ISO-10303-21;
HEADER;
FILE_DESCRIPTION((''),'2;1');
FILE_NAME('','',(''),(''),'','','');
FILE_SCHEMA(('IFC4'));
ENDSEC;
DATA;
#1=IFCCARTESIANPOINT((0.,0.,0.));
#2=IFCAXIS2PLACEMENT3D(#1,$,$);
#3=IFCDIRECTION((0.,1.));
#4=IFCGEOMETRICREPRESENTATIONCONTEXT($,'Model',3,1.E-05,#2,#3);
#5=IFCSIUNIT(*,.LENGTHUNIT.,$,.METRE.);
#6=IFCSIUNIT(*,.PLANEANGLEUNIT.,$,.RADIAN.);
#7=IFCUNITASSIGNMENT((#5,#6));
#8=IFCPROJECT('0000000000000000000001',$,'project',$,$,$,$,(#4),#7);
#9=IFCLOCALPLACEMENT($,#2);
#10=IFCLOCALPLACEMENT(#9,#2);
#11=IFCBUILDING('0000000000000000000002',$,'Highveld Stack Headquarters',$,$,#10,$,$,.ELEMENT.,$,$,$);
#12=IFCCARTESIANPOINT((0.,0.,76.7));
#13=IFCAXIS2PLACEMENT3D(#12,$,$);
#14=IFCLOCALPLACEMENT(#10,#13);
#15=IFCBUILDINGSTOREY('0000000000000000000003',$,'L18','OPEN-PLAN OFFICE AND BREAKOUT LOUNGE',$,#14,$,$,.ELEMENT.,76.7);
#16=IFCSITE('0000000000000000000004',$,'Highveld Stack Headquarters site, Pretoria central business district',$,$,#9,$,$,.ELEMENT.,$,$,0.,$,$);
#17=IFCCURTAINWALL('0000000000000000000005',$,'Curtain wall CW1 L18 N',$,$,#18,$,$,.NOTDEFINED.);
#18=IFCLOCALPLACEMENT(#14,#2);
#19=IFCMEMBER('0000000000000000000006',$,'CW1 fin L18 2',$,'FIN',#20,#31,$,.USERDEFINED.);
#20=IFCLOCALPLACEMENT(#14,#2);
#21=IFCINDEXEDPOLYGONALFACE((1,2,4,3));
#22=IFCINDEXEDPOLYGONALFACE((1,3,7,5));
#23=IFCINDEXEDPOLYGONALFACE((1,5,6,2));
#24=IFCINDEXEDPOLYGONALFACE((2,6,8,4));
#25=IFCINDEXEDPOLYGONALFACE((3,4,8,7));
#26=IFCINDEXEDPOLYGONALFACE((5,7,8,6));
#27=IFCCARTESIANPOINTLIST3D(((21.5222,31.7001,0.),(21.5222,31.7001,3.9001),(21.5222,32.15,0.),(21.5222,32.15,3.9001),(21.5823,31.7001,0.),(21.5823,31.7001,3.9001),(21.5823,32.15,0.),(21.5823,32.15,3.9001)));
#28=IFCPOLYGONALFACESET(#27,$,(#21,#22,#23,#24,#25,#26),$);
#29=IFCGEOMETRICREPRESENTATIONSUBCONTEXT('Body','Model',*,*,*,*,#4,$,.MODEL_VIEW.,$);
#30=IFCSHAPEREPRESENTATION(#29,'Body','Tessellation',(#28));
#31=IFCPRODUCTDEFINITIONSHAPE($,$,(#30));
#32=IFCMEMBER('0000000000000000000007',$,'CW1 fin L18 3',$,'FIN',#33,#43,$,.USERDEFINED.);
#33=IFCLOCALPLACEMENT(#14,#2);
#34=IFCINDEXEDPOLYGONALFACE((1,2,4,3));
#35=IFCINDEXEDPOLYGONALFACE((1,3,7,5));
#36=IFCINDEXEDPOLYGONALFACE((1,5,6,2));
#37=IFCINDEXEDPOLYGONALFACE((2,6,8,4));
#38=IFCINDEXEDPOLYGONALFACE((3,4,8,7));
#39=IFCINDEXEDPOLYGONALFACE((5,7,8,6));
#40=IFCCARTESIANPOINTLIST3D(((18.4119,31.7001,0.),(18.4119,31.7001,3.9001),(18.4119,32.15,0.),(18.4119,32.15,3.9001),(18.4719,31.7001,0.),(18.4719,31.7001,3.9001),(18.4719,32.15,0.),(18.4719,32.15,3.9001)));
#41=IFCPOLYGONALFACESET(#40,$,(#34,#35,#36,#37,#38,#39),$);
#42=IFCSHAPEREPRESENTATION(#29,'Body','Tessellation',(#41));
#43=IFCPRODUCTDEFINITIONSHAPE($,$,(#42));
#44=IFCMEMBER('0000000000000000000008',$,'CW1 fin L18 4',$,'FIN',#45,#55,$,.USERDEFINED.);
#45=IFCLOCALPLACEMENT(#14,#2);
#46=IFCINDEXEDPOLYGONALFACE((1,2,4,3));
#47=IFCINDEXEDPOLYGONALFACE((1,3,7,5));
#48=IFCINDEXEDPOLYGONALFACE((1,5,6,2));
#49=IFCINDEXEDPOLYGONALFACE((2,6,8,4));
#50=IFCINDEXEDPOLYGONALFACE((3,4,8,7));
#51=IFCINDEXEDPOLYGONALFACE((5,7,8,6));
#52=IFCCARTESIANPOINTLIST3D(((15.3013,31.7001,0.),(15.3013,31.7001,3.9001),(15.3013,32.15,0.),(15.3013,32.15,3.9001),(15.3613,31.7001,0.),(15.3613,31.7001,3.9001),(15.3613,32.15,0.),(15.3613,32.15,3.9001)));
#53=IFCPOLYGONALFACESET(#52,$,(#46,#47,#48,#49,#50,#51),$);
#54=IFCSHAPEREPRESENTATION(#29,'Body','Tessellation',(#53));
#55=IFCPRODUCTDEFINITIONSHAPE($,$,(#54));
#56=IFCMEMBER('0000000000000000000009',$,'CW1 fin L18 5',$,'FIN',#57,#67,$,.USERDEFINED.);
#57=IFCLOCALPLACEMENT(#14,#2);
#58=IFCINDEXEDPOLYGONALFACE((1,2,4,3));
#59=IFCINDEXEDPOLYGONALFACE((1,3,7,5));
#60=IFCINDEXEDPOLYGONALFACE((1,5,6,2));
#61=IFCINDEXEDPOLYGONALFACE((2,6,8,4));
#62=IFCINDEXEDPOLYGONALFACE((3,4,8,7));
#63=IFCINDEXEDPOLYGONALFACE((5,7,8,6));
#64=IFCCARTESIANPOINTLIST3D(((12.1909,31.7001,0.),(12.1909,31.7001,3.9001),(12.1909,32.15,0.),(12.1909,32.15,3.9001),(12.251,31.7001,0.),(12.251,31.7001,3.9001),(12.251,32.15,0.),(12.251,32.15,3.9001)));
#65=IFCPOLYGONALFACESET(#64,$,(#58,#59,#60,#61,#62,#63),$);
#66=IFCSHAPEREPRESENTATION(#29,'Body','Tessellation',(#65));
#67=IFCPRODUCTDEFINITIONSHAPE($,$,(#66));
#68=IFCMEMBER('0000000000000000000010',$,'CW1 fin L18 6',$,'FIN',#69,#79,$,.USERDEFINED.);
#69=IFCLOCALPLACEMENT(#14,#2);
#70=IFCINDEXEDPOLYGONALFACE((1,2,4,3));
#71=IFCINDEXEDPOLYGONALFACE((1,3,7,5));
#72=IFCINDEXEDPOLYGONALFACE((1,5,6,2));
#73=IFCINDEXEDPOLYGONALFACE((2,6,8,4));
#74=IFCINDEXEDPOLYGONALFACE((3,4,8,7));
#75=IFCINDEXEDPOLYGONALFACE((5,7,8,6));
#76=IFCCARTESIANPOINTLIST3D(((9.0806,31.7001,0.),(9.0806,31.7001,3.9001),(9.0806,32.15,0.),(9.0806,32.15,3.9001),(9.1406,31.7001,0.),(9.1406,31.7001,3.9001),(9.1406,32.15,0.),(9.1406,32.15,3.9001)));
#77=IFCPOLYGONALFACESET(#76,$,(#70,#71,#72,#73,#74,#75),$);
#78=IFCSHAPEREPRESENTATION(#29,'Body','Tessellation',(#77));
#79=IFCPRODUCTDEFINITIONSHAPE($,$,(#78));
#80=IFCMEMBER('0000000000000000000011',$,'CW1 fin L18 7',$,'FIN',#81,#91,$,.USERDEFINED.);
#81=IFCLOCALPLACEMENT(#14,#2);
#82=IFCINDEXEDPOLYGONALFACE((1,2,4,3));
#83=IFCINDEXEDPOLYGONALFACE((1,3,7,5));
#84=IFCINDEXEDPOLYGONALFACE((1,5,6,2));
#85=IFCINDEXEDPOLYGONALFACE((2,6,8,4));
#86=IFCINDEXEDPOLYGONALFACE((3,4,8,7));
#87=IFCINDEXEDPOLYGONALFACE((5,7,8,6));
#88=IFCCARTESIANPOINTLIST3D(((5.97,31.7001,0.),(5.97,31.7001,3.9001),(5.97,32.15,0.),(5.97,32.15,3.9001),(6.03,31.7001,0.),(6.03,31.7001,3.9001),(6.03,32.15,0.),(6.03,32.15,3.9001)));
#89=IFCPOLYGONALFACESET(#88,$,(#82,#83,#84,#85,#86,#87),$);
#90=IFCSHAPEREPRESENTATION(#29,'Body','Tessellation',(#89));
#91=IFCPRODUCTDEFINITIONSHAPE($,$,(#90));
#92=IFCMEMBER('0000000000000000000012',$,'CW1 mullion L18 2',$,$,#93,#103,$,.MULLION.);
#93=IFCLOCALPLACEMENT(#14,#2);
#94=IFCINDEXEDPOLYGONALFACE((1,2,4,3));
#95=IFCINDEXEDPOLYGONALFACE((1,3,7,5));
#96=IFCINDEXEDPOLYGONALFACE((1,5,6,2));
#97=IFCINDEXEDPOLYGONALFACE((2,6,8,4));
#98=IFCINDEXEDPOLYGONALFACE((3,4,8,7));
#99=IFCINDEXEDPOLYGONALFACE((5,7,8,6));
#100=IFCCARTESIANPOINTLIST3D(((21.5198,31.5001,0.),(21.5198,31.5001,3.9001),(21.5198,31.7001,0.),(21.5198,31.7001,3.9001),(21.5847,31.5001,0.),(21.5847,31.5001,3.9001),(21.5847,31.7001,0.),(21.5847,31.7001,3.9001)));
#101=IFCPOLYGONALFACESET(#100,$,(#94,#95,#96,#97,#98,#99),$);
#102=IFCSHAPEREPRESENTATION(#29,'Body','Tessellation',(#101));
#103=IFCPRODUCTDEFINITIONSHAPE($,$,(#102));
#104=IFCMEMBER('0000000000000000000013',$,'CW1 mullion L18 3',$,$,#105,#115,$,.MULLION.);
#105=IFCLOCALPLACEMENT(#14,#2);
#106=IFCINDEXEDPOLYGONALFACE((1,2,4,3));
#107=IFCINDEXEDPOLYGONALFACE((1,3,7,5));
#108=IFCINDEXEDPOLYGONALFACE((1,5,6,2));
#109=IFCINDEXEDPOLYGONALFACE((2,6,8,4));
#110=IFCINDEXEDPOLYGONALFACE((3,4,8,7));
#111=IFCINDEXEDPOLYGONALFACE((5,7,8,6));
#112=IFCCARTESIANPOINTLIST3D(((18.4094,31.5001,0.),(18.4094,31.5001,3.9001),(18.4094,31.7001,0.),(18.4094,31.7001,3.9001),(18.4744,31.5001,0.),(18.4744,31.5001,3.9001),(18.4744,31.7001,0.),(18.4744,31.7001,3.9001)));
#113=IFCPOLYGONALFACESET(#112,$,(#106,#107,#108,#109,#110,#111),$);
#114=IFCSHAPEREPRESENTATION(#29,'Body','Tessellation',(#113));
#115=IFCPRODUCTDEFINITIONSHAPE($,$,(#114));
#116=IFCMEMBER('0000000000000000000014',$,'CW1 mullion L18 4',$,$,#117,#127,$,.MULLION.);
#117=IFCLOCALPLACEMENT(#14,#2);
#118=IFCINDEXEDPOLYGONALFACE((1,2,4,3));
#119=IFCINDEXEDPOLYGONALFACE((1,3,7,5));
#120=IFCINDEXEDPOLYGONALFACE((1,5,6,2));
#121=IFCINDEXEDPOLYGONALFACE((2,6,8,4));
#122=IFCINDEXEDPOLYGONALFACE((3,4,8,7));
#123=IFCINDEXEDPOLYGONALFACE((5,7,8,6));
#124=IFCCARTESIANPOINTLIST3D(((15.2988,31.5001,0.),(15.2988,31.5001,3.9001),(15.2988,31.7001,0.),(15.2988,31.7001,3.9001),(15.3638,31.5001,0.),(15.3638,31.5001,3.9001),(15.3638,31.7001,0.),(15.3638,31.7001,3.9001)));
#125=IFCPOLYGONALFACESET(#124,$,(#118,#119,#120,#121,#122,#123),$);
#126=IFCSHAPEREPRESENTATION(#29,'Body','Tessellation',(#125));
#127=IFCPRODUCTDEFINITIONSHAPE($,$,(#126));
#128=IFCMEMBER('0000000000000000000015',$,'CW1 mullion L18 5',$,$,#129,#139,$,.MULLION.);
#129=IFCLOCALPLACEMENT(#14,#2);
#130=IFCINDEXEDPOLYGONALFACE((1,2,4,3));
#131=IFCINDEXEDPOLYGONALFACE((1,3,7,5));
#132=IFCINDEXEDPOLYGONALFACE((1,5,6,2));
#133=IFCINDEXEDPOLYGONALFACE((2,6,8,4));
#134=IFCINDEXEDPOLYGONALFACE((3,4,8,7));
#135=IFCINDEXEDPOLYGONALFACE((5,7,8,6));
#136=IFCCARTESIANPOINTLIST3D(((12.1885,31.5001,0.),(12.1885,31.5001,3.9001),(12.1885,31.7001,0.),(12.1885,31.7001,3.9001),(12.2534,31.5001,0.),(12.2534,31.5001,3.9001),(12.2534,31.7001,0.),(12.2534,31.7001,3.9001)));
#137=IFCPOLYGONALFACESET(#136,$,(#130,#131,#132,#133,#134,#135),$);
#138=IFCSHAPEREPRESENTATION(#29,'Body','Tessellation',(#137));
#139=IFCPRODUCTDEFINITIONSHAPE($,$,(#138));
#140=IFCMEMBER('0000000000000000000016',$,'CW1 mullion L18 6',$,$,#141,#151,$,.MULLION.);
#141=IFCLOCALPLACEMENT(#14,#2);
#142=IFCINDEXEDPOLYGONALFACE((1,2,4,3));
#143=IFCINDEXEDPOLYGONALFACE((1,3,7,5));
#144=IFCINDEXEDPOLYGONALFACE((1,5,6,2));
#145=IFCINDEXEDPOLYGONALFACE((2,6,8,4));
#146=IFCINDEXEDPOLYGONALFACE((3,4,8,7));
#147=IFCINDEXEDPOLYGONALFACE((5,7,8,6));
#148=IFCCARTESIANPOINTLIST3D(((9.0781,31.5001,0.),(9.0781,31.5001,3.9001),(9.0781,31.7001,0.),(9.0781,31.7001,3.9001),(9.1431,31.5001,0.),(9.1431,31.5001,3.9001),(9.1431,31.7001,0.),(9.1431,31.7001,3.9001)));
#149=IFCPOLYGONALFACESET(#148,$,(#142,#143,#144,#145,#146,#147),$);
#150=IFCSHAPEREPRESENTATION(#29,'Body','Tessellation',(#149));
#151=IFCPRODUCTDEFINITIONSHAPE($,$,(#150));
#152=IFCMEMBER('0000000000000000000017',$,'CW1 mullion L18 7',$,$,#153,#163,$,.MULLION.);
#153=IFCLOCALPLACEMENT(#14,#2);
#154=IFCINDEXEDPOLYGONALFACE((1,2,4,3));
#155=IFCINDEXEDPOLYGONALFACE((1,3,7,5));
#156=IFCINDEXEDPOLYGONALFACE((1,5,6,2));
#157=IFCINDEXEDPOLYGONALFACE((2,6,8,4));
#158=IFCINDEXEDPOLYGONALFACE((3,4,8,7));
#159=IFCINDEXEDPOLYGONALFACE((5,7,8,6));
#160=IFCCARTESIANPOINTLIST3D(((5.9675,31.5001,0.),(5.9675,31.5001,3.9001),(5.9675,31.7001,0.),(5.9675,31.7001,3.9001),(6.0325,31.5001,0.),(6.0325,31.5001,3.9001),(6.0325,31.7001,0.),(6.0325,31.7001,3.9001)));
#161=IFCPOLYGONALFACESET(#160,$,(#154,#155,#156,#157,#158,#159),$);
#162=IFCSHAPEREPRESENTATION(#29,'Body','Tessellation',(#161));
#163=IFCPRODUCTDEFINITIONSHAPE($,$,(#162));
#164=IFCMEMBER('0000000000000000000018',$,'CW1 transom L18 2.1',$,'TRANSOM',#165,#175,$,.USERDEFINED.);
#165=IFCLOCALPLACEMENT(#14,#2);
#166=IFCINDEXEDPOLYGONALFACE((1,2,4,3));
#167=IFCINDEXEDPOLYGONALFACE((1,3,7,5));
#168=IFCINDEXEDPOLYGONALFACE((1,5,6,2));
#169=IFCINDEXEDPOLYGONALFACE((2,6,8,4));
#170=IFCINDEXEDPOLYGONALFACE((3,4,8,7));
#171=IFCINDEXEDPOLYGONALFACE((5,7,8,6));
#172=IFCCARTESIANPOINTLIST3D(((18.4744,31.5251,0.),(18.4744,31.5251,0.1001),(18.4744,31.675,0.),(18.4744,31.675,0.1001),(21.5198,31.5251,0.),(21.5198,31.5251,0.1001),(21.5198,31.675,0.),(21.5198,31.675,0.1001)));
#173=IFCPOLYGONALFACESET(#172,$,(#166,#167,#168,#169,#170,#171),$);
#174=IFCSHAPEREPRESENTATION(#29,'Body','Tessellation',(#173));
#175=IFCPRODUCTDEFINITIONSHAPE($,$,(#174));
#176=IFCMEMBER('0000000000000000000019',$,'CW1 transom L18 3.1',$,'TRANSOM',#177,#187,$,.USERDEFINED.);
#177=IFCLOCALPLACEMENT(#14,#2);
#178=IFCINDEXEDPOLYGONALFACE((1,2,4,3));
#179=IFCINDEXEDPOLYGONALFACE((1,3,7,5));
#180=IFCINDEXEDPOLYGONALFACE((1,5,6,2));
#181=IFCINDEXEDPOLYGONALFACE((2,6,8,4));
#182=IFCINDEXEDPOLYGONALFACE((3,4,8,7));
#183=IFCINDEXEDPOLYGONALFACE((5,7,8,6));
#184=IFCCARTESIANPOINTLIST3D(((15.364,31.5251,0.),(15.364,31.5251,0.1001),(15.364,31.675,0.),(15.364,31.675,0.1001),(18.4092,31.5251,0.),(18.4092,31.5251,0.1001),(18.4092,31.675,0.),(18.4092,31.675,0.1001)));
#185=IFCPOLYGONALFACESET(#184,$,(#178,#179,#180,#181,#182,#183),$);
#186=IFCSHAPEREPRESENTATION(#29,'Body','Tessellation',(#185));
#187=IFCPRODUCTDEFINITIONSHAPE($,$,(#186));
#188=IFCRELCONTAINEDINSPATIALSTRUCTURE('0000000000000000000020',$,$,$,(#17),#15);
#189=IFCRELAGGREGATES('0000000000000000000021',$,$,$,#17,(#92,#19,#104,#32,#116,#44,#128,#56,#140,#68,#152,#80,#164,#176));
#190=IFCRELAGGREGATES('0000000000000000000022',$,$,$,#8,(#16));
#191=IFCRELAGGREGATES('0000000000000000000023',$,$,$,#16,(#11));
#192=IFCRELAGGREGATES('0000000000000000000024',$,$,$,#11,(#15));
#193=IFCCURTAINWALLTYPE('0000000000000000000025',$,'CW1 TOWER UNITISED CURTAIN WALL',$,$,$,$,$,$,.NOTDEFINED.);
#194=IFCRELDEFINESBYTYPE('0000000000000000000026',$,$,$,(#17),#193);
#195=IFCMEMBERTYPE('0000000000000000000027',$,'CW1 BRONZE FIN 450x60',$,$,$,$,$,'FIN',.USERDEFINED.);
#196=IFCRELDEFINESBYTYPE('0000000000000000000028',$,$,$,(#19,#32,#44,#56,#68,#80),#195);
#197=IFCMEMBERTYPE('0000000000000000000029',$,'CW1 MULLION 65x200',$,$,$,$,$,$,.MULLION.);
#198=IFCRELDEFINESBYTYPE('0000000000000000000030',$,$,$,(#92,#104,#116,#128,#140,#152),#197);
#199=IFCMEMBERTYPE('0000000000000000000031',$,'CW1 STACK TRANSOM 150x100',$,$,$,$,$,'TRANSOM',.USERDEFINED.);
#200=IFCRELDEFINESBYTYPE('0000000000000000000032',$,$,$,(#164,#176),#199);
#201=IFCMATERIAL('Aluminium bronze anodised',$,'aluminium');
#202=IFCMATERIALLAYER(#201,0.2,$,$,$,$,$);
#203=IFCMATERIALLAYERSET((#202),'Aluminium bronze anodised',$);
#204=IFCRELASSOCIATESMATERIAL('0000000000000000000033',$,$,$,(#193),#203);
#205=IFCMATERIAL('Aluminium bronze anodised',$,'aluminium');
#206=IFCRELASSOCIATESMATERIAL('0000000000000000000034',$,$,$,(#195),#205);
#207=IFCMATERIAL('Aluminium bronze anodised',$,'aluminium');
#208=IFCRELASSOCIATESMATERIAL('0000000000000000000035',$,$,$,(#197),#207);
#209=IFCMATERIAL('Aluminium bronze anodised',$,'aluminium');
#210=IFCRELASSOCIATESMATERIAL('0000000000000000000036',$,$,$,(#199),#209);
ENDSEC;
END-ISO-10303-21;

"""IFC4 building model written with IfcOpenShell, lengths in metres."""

from ifc_helpers import new_model, si_unit, direction, frame, origin, origin_2d, place, context, subcontext, project, spatial, rectangle, extrude, material, layer, layer_set, material_profile, profile_set, type_object, element, aggregate, save


model = new_model("IFC4")

# Units and contexts
model_context = context("Model", 3, precision=1e-05, world=origin(), true_north=direction((0.0, 1.0)))
body_context = subcontext(model_context, "Body", "Model", "MODEL_VIEW")
ifc_project = project(units=[si_unit("LENGTHUNIT", "METRE"), si_unit("PLANEANGLEUNIT", "RADIAN")], contexts=[model_context])

# Site, building, storey
site_placement = place(None, origin())
site = spatial("IfcSite", under=ifc_project, at=site_placement, Name="Highveld Stack Headquarters site, Pretoria central business district", CompositionType="ELEMENT", RefElevation=0.0)
building_placement = place(site_placement, origin())
building = spatial("IfcBuilding", under=site, at=building_placement, Name="Highveld Stack Headquarters", CompositionType="ELEMENT")
storey_placement = place(building_placement, frame((0.0, 0.0, 76.7)))
storey = spatial("IfcBuildingStorey", under=building, at=storey_placement, Name="L18", Description="OPEN-PLAN OFFICE AND BREAKOUT LOUNGE", CompositionType="ELEMENT", Elevation=76.7)

# Curtain wall, members
ifc_material_1 = material(Name="Aluminium bronze anodised", Category="aluminium")
ifc_layer_1 = layer(ifc_material_1, 0.2)
ifc_layer_set_1 = layer_set([ifc_layer_1], Name="Aluminium bronze anodised")
curtain_wall_type = type_object("IfcCurtainWallType", Name="CW1 TOWER UNITISED CURTAIN WALL", PredefinedType="NOTDEFINED", material=ifc_layer_set_1)
curtain_wall_placement = place(storey_placement, origin())
curtain_wall = element("IfcCurtainWall", 1, at=curtain_wall_placement, inside=storey, type_object=curtain_wall_type, Name="Curtain wall CW1 L18 N", PredefinedType="NOTDEFINED")
ifc_material_2 = material(Name="Aluminium bronze anodised", Category="aluminium")
ifc_material_profile_1 = material_profile(ifc_material_2, rectangle(XDim=0.45, YDim=0.0601, at=origin_2d()), Name="FIN 450x60")
ifc_profile_set_1 = profile_set([ifc_material_profile_1], Name="Aluminium bronze anodised")
member_type_1 = type_object("IfcMemberType", Name="CW1 BRONZE FIN 450x60", ElementType="FIN", PredefinedType="USERDEFINED", material=ifc_profile_set_1)
member_1_placement = place(storey_placement, frame((21.5522, 31.925, 0.0), z_axis=(0.0, 0.0, 1.0), x_axis=(0.0, -1.0, 0.0)))
member_1 = element("IfcMember", 2, at=member_1_placement, type_object=member_type_1, Name="CW1 fin L18 2", ObjectType="FIN", PredefinedType="USERDEFINED", context=body_context, shape_type="SweptSolid", body=[
    extrude(rectangle(XDim=0.45, YDim=0.0601, at=origin_2d()), origin(), (0.0, 0.0, 1.0), 3.9001),
])
member_2_placement = place(storey_placement, frame((18.4419, 31.925, 0.0), z_axis=(0.0, 0.0, 1.0), x_axis=(0.0, -1.0, 0.0)))
member_2 = element("IfcMember", 3, at=member_2_placement, type_object=member_type_1, Name="CW1 fin L18 3", ObjectType="FIN", PredefinedType="USERDEFINED", context=body_context, shape_type="SweptSolid", body=[
    extrude(rectangle(XDim=0.45, YDim=0.0601, at=origin_2d()), origin(), (0.0, 0.0, 1.0), 3.9001),
])
member_3_placement = place(storey_placement, frame((15.3313, 31.925, 0.0), z_axis=(0.0, 0.0, 1.0), x_axis=(0.0, -1.0, 0.0)))
member_3 = element("IfcMember", 4, at=member_3_placement, type_object=member_type_1, Name="CW1 fin L18 4", ObjectType="FIN", PredefinedType="USERDEFINED", context=body_context, shape_type="SweptSolid", body=[
    extrude(rectangle(XDim=0.45, YDim=0.0601, at=origin_2d()), origin(), (0.0, 0.0, 1.0), 3.9001),
])
member_4_placement = place(storey_placement, frame((12.2209, 31.925, 0.0), z_axis=(0.0, 0.0, 1.0), x_axis=(0.0, -1.0, 0.0)))
member_4 = element("IfcMember", 5, at=member_4_placement, type_object=member_type_1, Name="CW1 fin L18 5", ObjectType="FIN", PredefinedType="USERDEFINED", context=body_context, shape_type="SweptSolid", body=[
    extrude(rectangle(XDim=0.45, YDim=0.0601, at=origin_2d()), origin(), (0.0, 0.0, 1.0), 3.9001),
])
member_5_placement = place(storey_placement, frame((9.1106, 31.925, 0.0), z_axis=(0.0, 0.0, 1.0), x_axis=(0.0, -1.0, 0.0)))
member_5 = element("IfcMember", 6, at=member_5_placement, type_object=member_type_1, Name="CW1 fin L18 6", ObjectType="FIN", PredefinedType="USERDEFINED", context=body_context, shape_type="SweptSolid", body=[
    extrude(rectangle(XDim=0.45, YDim=0.0601, at=origin_2d()), origin(), (0.0, 0.0, 1.0), 3.9001),
])
member_6_placement = place(storey_placement, frame((6.0, 31.925, 0.0), z_axis=(0.0, 0.0, 1.0), x_axis=(0.0, -1.0, 0.0)))
member_6 = element("IfcMember", 7, at=member_6_placement, type_object=member_type_1, Name="CW1 fin L18 7", ObjectType="FIN", PredefinedType="USERDEFINED", context=body_context, shape_type="SweptSolid", body=[
    extrude(rectangle(XDim=0.45, YDim=0.0601, at=origin_2d()), origin(), (0.0, 0.0, 1.0), 3.9001),
])
ifc_material_3 = material(Name="Aluminium bronze anodised", Category="aluminium")
ifc_material_profile_2 = material_profile(ifc_material_3, rectangle(XDim=0.2, YDim=0.0649, at=origin_2d()), Name="CW1 MULLION 65x200")
ifc_profile_set_2 = profile_set([ifc_material_profile_2], Name="Aluminium bronze anodised")
member_type_2 = type_object("IfcMemberType", Name="CW1 MULLION 65x200", PredefinedType="MULLION", material=ifc_profile_set_2)
member_7_placement = place(storey_placement, frame((21.5522, 31.6001, 0.0), z_axis=(0.0, 0.0, 1.0), x_axis=(0.0, -1.0, 0.0)))
member_7 = element("IfcMember", 8, at=member_7_placement, type_object=member_type_2, Name="CW1 mullion L18 2", PredefinedType="MULLION", context=body_context, shape_type="SweptSolid", body=[
    extrude(rectangle(XDim=0.2, YDim=0.0649, at=origin_2d()), origin(), (0.0, 0.0, 1.0), 3.9001),
])
member_8_placement = place(storey_placement, frame((18.4419, 31.6001, 0.0), z_axis=(0.0, 0.0, 1.0), x_axis=(0.0, -1.0, 0.0)))
member_8 = element("IfcMember", 9, at=member_8_placement, type_object=member_type_2, Name="CW1 mullion L18 3", PredefinedType="MULLION", context=body_context, shape_type="SweptSolid", body=[
    extrude(rectangle(XDim=0.2, YDim=0.0649, at=origin_2d()), origin(), (0.0, 0.0, 1.0), 3.9001),
])
member_9_placement = place(storey_placement, frame((15.3313, 31.6001, 0.0), z_axis=(0.0, 0.0, 1.0), x_axis=(0.0, -1.0, 0.0)))
member_9 = element("IfcMember", 10, at=member_9_placement, type_object=member_type_2, Name="CW1 mullion L18 4", PredefinedType="MULLION", context=body_context, shape_type="SweptSolid", body=[
    extrude(rectangle(XDim=0.2, YDim=0.0649, at=origin_2d()), origin(), (0.0, 0.0, 1.0), 3.9001),
])
member_10_placement = place(storey_placement, frame((12.2209, 31.6001, 0.0), z_axis=(0.0, 0.0, 1.0), x_axis=(0.0, -1.0, 0.0)))
member_10 = element("IfcMember", 11, at=member_10_placement, type_object=member_type_2, Name="CW1 mullion L18 5", PredefinedType="MULLION", context=body_context, shape_type="SweptSolid", body=[
    extrude(rectangle(XDim=0.2, YDim=0.0649, at=origin_2d()), origin(), (0.0, 0.0, 1.0), 3.9001),
])
member_11_placement = place(storey_placement, frame((9.1106, 31.6001, 0.0), z_axis=(0.0, 0.0, 1.0), x_axis=(0.0, -1.0, 0.0)))
member_11 = element("IfcMember", 12, at=member_11_placement, type_object=member_type_2, Name="CW1 mullion L18 6", PredefinedType="MULLION", context=body_context, shape_type="SweptSolid", body=[
    extrude(rectangle(XDim=0.2, YDim=0.0649, at=origin_2d()), origin(), (0.0, 0.0, 1.0), 3.9001),
])
member_12_placement = place(storey_placement, frame((6.0, 31.6001, 0.0), z_axis=(0.0, 0.0, 1.0), x_axis=(0.0, -1.0, 0.0)))
member_12 = element("IfcMember", 13, at=member_12_placement, type_object=member_type_2, Name="CW1 mullion L18 7", PredefinedType="MULLION", context=body_context, shape_type="SweptSolid", body=[
    extrude(rectangle(XDim=0.2, YDim=0.0649, at=origin_2d()), origin(), (0.0, 0.0, 1.0), 3.9001),
])
ifc_material_4 = material(Name="Aluminium bronze anodised", Category="aluminium")
ifc_material_profile_3 = material_profile(ifc_material_4, rectangle(XDim=0.1499, YDim=0.1001, at=origin_2d()), Name="CW1 TRANSOM 150x100")
ifc_profile_set_3 = profile_set([ifc_material_profile_3], Name="Aluminium bronze anodised")
member_type_3 = type_object("IfcMemberType", Name="CW1 STACK TRANSOM 150x100", ElementType="TRANSOM", PredefinedType="USERDEFINED", material=ifc_profile_set_3)
member_13_placement = place(storey_placement, frame((21.5198, 31.6001, 0.05), z_axis=(-1.0, 0.0, 0.0), x_axis=(0.0, -1.0, 0.0)))
member_13 = element("IfcMember", 14, at=member_13_placement, type_object=member_type_3, Name="CW1 transom L18 2.1", ObjectType="TRANSOM", PredefinedType="USERDEFINED", context=body_context, shape_type="SweptSolid", body=[
    extrude(rectangle(XDim=0.1499, YDim=0.1001, at=origin_2d()), origin(), (0.0, 0.0, 1.0), 3.0454),
])
member_14_placement = place(storey_placement, frame((18.4092, 31.6001, 0.05), z_axis=(-1.0, 0.0, 0.0), x_axis=(0.0, -1.0, 0.0)))
member_14 = element("IfcMember", 15, at=member_14_placement, type_object=member_type_3, Name="CW1 transom L18 3.1", ObjectType="TRANSOM", PredefinedType="USERDEFINED", context=body_context, shape_type="SweptSolid", body=[
    extrude(rectangle(XDim=0.1499, YDim=0.1001, at=origin_2d()), origin(), (0.0, 0.0, 1.0), 3.0452),
])

aggregate(curtain_wall, [member_7, member_1, member_8, member_2, member_9, member_3, member_10, member_4, member_11, member_5, member_12, member_6, member_13, member_14])

save(model, "model.ifc")
